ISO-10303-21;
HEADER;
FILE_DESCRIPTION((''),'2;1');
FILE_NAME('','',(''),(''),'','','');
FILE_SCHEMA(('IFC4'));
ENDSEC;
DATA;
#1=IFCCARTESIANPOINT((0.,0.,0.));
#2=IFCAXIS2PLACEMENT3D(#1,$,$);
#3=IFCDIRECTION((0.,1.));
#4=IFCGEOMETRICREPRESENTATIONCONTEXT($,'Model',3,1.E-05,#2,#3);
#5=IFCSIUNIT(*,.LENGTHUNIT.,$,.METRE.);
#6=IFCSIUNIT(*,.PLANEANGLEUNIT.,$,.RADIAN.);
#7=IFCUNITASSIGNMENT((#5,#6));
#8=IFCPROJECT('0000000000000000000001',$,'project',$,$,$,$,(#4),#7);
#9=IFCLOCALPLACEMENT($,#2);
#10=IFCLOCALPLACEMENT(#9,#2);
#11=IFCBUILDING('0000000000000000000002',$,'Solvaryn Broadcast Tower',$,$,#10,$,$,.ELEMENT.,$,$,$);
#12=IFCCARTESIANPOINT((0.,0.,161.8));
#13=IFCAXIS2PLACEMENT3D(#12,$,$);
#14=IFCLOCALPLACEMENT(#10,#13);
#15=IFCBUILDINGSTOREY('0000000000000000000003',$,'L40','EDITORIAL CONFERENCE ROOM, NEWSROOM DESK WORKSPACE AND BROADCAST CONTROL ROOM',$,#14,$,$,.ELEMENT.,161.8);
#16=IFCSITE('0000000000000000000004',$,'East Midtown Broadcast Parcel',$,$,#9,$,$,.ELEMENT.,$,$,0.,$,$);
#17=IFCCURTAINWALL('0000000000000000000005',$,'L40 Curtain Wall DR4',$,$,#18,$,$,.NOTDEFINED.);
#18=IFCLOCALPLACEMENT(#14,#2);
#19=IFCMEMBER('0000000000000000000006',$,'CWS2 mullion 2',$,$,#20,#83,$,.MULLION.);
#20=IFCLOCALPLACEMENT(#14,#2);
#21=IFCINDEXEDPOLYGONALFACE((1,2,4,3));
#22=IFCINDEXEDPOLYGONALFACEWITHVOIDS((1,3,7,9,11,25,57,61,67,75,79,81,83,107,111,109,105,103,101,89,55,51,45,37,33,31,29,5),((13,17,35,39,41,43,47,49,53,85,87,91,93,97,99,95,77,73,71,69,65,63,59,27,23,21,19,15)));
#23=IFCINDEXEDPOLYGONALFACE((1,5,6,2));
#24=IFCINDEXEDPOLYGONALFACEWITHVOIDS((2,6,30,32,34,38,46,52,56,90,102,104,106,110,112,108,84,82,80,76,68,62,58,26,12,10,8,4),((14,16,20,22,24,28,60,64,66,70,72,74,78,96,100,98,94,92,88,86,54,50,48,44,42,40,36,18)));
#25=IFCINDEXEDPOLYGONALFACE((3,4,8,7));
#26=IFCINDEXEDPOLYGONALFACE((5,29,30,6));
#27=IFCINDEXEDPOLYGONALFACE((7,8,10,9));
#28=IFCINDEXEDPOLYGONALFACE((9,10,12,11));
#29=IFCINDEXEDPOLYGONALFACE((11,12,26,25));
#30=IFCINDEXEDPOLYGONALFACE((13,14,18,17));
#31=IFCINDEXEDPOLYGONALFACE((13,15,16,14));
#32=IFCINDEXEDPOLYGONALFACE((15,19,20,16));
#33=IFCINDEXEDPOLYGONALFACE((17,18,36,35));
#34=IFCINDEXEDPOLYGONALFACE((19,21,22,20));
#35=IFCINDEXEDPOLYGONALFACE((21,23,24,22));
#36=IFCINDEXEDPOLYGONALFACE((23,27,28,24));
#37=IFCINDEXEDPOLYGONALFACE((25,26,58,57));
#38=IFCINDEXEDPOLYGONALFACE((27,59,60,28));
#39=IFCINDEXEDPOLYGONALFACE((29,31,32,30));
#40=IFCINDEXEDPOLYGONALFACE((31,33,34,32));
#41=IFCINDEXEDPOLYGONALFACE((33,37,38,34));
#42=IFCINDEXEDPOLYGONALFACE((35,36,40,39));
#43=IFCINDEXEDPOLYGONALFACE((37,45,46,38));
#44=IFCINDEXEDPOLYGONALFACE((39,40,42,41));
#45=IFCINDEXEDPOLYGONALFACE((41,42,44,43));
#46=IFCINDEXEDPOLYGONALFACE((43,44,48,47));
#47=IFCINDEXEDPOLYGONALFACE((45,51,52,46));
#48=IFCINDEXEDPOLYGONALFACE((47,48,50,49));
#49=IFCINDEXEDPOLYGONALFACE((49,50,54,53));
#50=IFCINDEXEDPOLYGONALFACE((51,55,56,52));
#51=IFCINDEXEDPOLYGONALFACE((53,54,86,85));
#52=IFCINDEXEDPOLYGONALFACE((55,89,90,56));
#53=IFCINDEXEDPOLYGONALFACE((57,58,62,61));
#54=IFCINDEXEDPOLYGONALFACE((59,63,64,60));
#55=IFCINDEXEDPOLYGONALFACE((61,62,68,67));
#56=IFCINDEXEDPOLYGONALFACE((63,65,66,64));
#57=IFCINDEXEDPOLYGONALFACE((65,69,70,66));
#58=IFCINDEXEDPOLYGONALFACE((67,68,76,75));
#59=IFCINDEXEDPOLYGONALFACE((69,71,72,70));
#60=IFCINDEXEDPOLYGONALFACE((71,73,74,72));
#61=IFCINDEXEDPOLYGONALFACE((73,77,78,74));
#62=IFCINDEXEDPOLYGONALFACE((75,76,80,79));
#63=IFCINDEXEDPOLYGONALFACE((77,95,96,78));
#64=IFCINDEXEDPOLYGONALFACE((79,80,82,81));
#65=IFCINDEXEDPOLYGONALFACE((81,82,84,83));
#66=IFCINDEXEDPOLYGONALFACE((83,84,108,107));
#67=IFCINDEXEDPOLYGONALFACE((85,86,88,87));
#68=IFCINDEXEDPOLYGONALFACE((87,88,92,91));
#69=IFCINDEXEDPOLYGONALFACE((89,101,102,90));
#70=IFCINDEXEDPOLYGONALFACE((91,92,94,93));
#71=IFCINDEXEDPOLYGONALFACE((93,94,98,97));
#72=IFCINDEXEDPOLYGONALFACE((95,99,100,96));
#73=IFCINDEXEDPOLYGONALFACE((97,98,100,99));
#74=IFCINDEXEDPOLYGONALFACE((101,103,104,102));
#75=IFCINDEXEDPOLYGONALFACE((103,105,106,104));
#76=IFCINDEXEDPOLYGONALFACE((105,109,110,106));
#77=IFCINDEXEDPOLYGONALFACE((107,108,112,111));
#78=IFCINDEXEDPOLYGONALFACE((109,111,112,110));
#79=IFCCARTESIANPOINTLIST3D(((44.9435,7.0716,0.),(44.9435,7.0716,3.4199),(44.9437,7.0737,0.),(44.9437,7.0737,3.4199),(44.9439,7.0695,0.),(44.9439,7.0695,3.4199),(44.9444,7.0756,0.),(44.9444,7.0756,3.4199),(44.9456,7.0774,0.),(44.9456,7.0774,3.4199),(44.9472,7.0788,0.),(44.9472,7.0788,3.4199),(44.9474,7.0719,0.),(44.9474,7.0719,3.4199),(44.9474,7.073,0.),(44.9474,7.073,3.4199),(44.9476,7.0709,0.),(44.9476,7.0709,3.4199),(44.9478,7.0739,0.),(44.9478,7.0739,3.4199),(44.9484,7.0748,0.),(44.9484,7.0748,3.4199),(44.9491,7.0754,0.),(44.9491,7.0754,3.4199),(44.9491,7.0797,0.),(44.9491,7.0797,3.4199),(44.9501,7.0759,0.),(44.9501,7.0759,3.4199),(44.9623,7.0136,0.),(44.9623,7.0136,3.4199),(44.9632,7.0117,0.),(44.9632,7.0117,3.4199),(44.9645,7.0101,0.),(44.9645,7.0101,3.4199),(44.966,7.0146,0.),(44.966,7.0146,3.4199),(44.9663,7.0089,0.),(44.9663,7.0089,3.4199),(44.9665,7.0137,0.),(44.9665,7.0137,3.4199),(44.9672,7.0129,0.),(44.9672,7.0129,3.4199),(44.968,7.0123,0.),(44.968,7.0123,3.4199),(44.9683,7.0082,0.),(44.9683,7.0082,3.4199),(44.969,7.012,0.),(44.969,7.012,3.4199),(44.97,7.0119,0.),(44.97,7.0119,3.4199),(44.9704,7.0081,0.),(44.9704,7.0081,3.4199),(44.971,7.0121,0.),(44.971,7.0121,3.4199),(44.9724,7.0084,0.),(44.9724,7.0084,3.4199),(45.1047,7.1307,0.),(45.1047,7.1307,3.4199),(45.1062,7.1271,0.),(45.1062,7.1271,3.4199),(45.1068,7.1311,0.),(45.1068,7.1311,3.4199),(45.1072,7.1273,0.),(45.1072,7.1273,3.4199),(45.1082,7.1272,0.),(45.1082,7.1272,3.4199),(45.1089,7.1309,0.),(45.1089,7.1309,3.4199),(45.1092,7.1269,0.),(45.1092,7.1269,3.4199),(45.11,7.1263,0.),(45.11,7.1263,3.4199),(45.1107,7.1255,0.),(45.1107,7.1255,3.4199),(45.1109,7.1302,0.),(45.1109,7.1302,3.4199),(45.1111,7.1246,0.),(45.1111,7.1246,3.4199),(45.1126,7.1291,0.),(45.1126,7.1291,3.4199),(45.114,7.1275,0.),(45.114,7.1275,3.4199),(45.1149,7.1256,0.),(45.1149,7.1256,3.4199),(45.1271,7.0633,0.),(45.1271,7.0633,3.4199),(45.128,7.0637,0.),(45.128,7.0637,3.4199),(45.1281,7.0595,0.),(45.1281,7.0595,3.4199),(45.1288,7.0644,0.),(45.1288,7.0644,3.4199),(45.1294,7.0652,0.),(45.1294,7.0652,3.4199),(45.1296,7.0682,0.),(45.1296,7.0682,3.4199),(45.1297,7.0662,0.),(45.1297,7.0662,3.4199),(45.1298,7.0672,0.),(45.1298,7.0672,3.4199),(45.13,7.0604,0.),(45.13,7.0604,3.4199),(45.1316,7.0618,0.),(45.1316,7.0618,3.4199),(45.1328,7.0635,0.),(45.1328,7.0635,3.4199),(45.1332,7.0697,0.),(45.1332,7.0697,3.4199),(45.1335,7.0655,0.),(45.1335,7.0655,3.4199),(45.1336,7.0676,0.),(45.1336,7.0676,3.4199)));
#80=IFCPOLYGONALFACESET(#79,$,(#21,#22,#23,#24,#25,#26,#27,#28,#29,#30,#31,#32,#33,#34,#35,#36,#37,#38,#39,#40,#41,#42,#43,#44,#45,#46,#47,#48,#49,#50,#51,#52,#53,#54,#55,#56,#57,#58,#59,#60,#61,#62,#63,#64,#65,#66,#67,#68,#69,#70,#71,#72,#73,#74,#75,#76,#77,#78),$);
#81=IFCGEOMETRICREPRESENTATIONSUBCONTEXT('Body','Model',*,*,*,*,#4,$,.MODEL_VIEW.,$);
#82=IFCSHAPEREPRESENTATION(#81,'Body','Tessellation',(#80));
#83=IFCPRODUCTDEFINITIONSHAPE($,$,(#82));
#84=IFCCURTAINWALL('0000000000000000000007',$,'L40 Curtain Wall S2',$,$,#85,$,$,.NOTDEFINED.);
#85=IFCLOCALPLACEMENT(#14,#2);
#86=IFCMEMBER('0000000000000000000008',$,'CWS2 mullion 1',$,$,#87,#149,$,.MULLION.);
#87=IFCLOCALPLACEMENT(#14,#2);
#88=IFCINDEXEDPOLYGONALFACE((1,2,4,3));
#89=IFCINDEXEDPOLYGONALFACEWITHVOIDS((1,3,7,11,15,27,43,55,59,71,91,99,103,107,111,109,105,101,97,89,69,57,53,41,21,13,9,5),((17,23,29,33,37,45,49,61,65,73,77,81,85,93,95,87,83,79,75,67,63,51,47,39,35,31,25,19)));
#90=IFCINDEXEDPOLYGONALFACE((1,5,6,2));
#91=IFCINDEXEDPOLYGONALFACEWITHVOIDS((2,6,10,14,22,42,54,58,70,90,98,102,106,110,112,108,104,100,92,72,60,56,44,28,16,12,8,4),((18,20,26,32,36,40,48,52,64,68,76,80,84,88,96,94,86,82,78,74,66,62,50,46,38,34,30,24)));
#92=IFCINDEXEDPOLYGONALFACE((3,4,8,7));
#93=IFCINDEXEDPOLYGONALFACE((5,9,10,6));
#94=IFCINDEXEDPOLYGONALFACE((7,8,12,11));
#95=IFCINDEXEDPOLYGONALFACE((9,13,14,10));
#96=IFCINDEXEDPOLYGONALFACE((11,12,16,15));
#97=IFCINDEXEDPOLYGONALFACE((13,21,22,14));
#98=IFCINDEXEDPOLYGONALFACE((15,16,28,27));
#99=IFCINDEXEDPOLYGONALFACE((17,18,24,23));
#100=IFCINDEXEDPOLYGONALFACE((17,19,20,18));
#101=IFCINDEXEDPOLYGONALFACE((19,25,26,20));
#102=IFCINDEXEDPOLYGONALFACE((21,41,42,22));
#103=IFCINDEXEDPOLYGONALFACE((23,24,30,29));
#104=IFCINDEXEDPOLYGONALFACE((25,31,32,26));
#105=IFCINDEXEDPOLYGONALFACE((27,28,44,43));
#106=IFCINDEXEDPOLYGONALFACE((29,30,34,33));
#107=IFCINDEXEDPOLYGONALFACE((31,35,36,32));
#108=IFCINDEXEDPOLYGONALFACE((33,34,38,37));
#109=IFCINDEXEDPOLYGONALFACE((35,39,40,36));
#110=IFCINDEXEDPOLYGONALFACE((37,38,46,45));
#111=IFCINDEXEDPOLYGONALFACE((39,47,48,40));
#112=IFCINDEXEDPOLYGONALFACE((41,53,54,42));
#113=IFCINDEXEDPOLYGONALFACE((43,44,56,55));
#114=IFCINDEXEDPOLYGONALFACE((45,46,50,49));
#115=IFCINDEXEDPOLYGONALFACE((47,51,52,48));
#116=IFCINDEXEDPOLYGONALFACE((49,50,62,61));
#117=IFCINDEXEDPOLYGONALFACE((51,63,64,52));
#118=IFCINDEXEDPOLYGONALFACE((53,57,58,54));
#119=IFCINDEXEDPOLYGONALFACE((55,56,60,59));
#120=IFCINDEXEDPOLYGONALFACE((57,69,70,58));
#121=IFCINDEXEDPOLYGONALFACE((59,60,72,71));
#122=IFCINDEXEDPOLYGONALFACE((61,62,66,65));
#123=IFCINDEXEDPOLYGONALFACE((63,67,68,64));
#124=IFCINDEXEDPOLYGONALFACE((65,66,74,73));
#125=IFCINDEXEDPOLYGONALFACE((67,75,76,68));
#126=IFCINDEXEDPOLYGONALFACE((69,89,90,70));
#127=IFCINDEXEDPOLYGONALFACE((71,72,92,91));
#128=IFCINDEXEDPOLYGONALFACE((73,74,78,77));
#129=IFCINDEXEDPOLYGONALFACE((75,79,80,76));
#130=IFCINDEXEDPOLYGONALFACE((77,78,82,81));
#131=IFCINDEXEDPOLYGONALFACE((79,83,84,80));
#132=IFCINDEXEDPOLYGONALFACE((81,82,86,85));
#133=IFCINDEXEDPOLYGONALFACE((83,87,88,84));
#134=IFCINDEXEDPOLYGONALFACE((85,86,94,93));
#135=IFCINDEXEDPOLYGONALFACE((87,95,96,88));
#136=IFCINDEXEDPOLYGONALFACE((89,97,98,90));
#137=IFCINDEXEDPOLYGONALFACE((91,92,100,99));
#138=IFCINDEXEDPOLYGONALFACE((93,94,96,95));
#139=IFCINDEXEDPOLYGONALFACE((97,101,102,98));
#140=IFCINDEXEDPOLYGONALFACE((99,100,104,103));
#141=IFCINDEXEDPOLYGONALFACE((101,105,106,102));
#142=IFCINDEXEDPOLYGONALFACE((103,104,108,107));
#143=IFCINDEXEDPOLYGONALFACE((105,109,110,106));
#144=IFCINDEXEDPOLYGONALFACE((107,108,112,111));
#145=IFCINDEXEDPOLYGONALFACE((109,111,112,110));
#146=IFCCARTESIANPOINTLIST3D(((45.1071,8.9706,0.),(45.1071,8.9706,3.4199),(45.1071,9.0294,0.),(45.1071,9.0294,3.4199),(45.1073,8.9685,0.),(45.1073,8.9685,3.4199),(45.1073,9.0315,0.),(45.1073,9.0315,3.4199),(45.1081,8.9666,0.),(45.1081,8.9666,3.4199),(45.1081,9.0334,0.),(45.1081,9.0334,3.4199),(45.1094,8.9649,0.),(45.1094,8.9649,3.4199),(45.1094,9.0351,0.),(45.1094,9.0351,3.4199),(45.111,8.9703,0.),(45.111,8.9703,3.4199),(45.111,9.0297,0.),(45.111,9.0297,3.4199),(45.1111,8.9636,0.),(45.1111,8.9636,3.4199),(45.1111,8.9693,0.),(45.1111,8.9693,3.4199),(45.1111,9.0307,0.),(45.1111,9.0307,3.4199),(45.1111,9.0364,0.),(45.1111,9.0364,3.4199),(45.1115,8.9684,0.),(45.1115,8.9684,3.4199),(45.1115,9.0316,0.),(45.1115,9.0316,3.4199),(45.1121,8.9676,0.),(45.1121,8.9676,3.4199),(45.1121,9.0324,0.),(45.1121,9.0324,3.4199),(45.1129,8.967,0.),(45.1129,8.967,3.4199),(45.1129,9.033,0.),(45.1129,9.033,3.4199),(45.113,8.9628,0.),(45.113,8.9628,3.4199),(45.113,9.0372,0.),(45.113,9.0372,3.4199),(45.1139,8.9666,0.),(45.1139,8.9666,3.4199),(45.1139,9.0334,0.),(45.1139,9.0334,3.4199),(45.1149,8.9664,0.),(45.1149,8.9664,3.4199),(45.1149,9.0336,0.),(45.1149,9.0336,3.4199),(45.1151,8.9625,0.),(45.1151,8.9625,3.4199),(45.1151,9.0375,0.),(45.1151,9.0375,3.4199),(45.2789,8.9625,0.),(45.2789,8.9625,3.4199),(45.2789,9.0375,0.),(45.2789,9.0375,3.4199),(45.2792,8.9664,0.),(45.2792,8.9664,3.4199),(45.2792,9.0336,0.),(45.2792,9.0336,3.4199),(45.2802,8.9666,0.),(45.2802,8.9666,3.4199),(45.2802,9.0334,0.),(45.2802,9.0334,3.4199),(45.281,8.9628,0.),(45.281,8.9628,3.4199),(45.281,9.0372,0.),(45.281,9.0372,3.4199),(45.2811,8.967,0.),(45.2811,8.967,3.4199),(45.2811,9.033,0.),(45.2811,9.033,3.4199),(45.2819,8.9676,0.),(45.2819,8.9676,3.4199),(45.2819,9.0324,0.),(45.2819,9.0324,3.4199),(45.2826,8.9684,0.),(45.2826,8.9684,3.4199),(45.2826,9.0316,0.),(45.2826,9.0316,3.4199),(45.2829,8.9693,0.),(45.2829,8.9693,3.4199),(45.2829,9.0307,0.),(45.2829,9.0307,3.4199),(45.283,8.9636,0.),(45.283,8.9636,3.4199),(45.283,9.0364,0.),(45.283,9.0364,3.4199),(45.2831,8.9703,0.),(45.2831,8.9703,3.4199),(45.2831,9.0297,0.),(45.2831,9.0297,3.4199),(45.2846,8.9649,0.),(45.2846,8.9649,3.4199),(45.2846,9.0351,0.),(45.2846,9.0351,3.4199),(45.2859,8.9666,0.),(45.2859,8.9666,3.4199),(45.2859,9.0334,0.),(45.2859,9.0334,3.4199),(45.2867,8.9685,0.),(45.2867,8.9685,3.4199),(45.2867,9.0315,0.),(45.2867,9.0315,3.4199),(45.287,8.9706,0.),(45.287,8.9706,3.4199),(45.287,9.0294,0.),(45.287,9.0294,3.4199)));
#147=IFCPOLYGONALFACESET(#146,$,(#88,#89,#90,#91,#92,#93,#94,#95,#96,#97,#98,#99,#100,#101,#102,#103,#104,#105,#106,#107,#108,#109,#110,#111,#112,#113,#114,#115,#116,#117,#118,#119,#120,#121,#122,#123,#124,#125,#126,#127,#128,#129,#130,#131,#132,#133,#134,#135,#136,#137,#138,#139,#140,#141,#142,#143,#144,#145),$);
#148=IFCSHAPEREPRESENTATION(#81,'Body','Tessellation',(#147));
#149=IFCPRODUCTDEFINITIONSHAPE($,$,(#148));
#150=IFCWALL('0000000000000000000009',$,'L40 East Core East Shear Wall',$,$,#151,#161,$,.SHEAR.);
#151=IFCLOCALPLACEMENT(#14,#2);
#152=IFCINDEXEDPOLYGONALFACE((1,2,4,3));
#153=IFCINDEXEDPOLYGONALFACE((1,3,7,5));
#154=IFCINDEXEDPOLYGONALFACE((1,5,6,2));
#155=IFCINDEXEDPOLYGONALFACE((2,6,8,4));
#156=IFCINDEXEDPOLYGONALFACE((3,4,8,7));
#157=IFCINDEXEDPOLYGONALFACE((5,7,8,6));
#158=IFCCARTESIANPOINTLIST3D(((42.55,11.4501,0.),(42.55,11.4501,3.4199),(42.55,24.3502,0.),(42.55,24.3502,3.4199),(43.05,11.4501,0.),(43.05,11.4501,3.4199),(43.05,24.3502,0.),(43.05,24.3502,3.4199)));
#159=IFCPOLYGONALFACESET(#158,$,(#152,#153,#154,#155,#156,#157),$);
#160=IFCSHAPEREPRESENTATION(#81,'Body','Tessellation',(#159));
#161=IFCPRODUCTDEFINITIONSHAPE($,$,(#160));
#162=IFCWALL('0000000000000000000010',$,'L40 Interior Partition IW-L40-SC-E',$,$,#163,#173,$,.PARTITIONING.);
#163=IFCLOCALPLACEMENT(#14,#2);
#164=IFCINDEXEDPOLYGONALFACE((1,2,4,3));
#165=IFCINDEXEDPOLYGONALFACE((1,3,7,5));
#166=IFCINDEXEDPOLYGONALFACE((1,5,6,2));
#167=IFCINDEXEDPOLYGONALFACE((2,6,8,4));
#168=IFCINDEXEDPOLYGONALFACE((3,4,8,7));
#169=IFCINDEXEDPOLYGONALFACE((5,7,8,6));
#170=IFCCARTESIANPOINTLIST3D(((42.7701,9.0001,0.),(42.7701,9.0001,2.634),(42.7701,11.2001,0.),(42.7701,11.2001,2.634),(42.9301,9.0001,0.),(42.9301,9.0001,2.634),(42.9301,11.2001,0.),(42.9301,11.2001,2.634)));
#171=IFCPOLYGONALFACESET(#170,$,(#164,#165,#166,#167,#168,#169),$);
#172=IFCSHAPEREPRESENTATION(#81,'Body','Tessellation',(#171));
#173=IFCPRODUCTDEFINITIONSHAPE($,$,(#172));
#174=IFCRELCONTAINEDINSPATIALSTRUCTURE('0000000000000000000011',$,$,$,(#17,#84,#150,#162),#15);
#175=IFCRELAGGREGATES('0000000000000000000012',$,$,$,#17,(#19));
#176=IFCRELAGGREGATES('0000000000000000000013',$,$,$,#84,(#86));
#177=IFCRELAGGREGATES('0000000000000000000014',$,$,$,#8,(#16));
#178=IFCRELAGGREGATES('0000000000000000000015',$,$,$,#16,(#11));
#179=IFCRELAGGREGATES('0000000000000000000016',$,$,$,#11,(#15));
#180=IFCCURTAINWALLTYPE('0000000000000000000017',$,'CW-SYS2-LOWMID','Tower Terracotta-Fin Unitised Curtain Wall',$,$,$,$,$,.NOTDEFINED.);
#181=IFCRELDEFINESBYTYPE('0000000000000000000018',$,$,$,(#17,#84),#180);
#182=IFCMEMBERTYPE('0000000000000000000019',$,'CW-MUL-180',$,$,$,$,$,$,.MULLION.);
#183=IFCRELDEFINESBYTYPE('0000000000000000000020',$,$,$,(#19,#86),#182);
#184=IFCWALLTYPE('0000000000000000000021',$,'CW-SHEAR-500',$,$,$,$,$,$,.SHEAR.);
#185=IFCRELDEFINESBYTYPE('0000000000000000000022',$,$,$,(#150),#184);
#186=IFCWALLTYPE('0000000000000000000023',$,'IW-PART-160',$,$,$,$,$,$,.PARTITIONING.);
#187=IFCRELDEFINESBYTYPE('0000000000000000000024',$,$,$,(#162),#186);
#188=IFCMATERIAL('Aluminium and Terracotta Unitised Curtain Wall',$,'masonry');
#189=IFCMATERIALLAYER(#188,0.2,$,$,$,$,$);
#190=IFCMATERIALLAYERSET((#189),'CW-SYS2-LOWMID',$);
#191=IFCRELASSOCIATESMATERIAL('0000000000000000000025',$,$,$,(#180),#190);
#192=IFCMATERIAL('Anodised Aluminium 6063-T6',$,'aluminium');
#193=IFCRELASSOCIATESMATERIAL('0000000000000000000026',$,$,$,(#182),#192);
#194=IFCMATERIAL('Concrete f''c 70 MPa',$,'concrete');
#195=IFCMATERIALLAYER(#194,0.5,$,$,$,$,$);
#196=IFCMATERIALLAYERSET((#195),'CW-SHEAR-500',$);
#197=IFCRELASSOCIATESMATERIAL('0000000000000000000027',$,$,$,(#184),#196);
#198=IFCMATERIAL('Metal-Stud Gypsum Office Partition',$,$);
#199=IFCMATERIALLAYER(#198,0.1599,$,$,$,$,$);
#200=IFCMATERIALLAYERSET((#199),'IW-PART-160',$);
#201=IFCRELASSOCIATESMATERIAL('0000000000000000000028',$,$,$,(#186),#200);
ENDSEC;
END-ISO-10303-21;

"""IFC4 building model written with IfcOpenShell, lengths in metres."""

from ifc_helpers import new_model, si_unit, direction, frame, frame_2d, origin, origin_2d, place, context, subcontext, project, spatial, rectangle, hollow_rectangle, extrude, material, layer, layer_set, material_profile, profile_set, type_object, element, aggregate, save


model = new_model("IFC4")

# Units and contexts
model_context = context("Model", 3, precision=1e-05, world=origin(), true_north=direction((0.0, 1.0)))
body_context = subcontext(model_context, "Body", "Model", "MODEL_VIEW")
ifc_project = project(units=[si_unit("LENGTHUNIT", "METRE"), si_unit("PLANEANGLEUNIT", "RADIAN")], contexts=[model_context])

# Site, building, storey
site_placement = place(None, origin())
site = spatial("IfcSite", under=ifc_project, at=site_placement, Name="East Midtown Broadcast Parcel", CompositionType="ELEMENT", RefElevation=0.0)
building_placement = place(site_placement, origin())
building = spatial("IfcBuilding", under=site, at=building_placement, Name="Solvaryn Broadcast Tower", CompositionType="ELEMENT")
storey_placement = place(building_placement, frame((0.0, 0.0, 161.8)))
storey = spatial("IfcBuildingStorey", under=building, at=storey_placement, Name="L40", Description="EDITORIAL CONFERENCE ROOM, NEWSROOM DESK WORKSPACE AND BROADCAST CONTROL ROOM", CompositionType="ELEMENT", Elevation=161.8)

# Curtain walls, members
ifc_material_1 = material(Name="Aluminium and Terracotta Unitised Curtain Wall", Category="masonry")
ifc_layer_1 = layer(ifc_material_1, 0.2)
ifc_layer_set_1 = layer_set([ifc_layer_1], Name="CW-SYS2-LOWMID")
curtain_wall_type = type_object("IfcCurtainWallType", Name="CW-SYS2-LOWMID", Description="Tower Terracotta-Fin Unitised Curtain Wall", PredefinedType="NOTDEFINED", material=ifc_layer_set_1)
curtain_wall_1_placement = place(storey_placement, origin())
curtain_wall_1 = element("IfcCurtainWall", 1, at=curtain_wall_1_placement, inside=storey, type_object=curtain_wall_type, Name="L40 Curtain Wall DR4", PredefinedType="NOTDEFINED")
ifc_material_2 = material(Name="Anodised Aluminium 6063-T6", Category="aluminium")
ifc_material_profile_1 = material_profile(ifc_material_2, hollow_rectangle(XDim=0.075, YDim=0.1799, WallThickness=0.0039, InnerFilletRadius=0.0039, OuterFilletRadius=0.0081, at=origin_2d()))
ifc_profile_set_1 = profile_set([ifc_material_profile_1], Name="Anodised Aluminium 6063-T6")
member_type = type_object("IfcMemberType", Name="CW-MUL-180", PredefinedType="MULLION", material=ifc_profile_set_1)
member_1_placement = place(storey_placement, frame((45.0386, 7.0696, 0.0), z_axis=(0.0, 0.0, 1.0), x_axis=(-0.311646, 0.950198, 0.0)))
member_1 = element("IfcMember", 2, at=member_1_placement, type_object=member_type, Name="CWS2 mullion 2", PredefinedType="MULLION", context=body_context, shape_type="SweptSolid", body=[
    extrude(hollow_rectangle(XDim=0.075, YDim=0.1799, WallThickness=0.0039, InnerFilletRadius=0.0039, OuterFilletRadius=0.0081, at=origin_2d()), origin(), (0.0, 0.0, 1.0), 3.4199),
])
aggregate(curtain_wall_1, [member_1])
curtain_wall_2_placement = place(storey_placement, origin())
curtain_wall_2 = element("IfcCurtainWall", 3, at=curtain_wall_2_placement, inside=storey, type_object=curtain_wall_type, Name="L40 Curtain Wall S2", PredefinedType="NOTDEFINED")
member_2_placement = place(storey_placement, frame((45.197, 9.0, 0.0), z_axis=(0.0, 0.0, 1.0), x_axis=(0.0, 1.0, 0.0)))
member_2 = element("IfcMember", 4, at=member_2_placement, type_object=member_type, Name="CWS2 mullion 1", PredefinedType="MULLION", context=body_context, shape_type="SweptSolid", body=[
    extrude(hollow_rectangle(XDim=0.075, YDim=0.1799, WallThickness=0.0039, InnerFilletRadius=0.0039, OuterFilletRadius=0.0081, at=origin_2d()), origin(), (0.0, 0.0, 1.0), 3.4199),
])
aggregate(curtain_wall_2, [member_2])

# Walls
ifc_material_3 = material(Name="Concrete f'c 70 MPa", Category="concrete")
ifc_layer_2 = layer(ifc_material_3, 0.5)
ifc_layer_set_2 = layer_set([ifc_layer_2], Name="CW-SHEAR-500")
wall_type_1 = type_object("IfcWallType", Name="CW-SHEAR-500", PredefinedType="SHEAR", material=ifc_layer_set_2)
wall_1_placement = place(storey_placement, frame((42.8, 11.45, 0.0), z_axis=(0.0, 0.0, 1.0), x_axis=(0.0, 1.0, 0.0)))
element("IfcWall", 5, at=wall_1_placement, inside=storey, type_object=wall_type_1, Name="L40 East Core East Shear Wall", PredefinedType="SHEAR", context=body_context, shape_type="SweptSolid", body=[
    extrude(rectangle(XDim=12.9001, YDim=0.5, at=frame_2d((6.4502, 0.0))), origin(), (0.0, 0.0, 1.0), 3.4199),
])
ifc_material_4 = material(Name="Metal-Stud Gypsum Office Partition")
ifc_layer_3 = layer(ifc_material_4, 0.1599)
ifc_layer_set_3 = layer_set([ifc_layer_3], Name="IW-PART-160")
wall_type_2 = type_object("IfcWallType", Name="IW-PART-160", PredefinedType="PARTITIONING", material=ifc_layer_set_3)
wall_2_placement = place(storey_placement, frame((42.8501, 9.0, 0.0), z_axis=(0.0, 0.0, 1.0), x_axis=(0.0, 1.0, 0.0)))
element("IfcWall", 6, at=wall_2_placement, inside=storey, type_object=wall_type_2, Name="L40 Interior Partition IW-L40-SC-E", PredefinedType="PARTITIONING", context=body_context, shape_type="SweptSolid", body=[
    extrude(rectangle(XDim=2.2, YDim=0.1599, at=frame_2d((1.1001, 0.0))), origin(), (0.0, 0.0, 1.0), 2.634),
])

save(model, "model.ifc")
